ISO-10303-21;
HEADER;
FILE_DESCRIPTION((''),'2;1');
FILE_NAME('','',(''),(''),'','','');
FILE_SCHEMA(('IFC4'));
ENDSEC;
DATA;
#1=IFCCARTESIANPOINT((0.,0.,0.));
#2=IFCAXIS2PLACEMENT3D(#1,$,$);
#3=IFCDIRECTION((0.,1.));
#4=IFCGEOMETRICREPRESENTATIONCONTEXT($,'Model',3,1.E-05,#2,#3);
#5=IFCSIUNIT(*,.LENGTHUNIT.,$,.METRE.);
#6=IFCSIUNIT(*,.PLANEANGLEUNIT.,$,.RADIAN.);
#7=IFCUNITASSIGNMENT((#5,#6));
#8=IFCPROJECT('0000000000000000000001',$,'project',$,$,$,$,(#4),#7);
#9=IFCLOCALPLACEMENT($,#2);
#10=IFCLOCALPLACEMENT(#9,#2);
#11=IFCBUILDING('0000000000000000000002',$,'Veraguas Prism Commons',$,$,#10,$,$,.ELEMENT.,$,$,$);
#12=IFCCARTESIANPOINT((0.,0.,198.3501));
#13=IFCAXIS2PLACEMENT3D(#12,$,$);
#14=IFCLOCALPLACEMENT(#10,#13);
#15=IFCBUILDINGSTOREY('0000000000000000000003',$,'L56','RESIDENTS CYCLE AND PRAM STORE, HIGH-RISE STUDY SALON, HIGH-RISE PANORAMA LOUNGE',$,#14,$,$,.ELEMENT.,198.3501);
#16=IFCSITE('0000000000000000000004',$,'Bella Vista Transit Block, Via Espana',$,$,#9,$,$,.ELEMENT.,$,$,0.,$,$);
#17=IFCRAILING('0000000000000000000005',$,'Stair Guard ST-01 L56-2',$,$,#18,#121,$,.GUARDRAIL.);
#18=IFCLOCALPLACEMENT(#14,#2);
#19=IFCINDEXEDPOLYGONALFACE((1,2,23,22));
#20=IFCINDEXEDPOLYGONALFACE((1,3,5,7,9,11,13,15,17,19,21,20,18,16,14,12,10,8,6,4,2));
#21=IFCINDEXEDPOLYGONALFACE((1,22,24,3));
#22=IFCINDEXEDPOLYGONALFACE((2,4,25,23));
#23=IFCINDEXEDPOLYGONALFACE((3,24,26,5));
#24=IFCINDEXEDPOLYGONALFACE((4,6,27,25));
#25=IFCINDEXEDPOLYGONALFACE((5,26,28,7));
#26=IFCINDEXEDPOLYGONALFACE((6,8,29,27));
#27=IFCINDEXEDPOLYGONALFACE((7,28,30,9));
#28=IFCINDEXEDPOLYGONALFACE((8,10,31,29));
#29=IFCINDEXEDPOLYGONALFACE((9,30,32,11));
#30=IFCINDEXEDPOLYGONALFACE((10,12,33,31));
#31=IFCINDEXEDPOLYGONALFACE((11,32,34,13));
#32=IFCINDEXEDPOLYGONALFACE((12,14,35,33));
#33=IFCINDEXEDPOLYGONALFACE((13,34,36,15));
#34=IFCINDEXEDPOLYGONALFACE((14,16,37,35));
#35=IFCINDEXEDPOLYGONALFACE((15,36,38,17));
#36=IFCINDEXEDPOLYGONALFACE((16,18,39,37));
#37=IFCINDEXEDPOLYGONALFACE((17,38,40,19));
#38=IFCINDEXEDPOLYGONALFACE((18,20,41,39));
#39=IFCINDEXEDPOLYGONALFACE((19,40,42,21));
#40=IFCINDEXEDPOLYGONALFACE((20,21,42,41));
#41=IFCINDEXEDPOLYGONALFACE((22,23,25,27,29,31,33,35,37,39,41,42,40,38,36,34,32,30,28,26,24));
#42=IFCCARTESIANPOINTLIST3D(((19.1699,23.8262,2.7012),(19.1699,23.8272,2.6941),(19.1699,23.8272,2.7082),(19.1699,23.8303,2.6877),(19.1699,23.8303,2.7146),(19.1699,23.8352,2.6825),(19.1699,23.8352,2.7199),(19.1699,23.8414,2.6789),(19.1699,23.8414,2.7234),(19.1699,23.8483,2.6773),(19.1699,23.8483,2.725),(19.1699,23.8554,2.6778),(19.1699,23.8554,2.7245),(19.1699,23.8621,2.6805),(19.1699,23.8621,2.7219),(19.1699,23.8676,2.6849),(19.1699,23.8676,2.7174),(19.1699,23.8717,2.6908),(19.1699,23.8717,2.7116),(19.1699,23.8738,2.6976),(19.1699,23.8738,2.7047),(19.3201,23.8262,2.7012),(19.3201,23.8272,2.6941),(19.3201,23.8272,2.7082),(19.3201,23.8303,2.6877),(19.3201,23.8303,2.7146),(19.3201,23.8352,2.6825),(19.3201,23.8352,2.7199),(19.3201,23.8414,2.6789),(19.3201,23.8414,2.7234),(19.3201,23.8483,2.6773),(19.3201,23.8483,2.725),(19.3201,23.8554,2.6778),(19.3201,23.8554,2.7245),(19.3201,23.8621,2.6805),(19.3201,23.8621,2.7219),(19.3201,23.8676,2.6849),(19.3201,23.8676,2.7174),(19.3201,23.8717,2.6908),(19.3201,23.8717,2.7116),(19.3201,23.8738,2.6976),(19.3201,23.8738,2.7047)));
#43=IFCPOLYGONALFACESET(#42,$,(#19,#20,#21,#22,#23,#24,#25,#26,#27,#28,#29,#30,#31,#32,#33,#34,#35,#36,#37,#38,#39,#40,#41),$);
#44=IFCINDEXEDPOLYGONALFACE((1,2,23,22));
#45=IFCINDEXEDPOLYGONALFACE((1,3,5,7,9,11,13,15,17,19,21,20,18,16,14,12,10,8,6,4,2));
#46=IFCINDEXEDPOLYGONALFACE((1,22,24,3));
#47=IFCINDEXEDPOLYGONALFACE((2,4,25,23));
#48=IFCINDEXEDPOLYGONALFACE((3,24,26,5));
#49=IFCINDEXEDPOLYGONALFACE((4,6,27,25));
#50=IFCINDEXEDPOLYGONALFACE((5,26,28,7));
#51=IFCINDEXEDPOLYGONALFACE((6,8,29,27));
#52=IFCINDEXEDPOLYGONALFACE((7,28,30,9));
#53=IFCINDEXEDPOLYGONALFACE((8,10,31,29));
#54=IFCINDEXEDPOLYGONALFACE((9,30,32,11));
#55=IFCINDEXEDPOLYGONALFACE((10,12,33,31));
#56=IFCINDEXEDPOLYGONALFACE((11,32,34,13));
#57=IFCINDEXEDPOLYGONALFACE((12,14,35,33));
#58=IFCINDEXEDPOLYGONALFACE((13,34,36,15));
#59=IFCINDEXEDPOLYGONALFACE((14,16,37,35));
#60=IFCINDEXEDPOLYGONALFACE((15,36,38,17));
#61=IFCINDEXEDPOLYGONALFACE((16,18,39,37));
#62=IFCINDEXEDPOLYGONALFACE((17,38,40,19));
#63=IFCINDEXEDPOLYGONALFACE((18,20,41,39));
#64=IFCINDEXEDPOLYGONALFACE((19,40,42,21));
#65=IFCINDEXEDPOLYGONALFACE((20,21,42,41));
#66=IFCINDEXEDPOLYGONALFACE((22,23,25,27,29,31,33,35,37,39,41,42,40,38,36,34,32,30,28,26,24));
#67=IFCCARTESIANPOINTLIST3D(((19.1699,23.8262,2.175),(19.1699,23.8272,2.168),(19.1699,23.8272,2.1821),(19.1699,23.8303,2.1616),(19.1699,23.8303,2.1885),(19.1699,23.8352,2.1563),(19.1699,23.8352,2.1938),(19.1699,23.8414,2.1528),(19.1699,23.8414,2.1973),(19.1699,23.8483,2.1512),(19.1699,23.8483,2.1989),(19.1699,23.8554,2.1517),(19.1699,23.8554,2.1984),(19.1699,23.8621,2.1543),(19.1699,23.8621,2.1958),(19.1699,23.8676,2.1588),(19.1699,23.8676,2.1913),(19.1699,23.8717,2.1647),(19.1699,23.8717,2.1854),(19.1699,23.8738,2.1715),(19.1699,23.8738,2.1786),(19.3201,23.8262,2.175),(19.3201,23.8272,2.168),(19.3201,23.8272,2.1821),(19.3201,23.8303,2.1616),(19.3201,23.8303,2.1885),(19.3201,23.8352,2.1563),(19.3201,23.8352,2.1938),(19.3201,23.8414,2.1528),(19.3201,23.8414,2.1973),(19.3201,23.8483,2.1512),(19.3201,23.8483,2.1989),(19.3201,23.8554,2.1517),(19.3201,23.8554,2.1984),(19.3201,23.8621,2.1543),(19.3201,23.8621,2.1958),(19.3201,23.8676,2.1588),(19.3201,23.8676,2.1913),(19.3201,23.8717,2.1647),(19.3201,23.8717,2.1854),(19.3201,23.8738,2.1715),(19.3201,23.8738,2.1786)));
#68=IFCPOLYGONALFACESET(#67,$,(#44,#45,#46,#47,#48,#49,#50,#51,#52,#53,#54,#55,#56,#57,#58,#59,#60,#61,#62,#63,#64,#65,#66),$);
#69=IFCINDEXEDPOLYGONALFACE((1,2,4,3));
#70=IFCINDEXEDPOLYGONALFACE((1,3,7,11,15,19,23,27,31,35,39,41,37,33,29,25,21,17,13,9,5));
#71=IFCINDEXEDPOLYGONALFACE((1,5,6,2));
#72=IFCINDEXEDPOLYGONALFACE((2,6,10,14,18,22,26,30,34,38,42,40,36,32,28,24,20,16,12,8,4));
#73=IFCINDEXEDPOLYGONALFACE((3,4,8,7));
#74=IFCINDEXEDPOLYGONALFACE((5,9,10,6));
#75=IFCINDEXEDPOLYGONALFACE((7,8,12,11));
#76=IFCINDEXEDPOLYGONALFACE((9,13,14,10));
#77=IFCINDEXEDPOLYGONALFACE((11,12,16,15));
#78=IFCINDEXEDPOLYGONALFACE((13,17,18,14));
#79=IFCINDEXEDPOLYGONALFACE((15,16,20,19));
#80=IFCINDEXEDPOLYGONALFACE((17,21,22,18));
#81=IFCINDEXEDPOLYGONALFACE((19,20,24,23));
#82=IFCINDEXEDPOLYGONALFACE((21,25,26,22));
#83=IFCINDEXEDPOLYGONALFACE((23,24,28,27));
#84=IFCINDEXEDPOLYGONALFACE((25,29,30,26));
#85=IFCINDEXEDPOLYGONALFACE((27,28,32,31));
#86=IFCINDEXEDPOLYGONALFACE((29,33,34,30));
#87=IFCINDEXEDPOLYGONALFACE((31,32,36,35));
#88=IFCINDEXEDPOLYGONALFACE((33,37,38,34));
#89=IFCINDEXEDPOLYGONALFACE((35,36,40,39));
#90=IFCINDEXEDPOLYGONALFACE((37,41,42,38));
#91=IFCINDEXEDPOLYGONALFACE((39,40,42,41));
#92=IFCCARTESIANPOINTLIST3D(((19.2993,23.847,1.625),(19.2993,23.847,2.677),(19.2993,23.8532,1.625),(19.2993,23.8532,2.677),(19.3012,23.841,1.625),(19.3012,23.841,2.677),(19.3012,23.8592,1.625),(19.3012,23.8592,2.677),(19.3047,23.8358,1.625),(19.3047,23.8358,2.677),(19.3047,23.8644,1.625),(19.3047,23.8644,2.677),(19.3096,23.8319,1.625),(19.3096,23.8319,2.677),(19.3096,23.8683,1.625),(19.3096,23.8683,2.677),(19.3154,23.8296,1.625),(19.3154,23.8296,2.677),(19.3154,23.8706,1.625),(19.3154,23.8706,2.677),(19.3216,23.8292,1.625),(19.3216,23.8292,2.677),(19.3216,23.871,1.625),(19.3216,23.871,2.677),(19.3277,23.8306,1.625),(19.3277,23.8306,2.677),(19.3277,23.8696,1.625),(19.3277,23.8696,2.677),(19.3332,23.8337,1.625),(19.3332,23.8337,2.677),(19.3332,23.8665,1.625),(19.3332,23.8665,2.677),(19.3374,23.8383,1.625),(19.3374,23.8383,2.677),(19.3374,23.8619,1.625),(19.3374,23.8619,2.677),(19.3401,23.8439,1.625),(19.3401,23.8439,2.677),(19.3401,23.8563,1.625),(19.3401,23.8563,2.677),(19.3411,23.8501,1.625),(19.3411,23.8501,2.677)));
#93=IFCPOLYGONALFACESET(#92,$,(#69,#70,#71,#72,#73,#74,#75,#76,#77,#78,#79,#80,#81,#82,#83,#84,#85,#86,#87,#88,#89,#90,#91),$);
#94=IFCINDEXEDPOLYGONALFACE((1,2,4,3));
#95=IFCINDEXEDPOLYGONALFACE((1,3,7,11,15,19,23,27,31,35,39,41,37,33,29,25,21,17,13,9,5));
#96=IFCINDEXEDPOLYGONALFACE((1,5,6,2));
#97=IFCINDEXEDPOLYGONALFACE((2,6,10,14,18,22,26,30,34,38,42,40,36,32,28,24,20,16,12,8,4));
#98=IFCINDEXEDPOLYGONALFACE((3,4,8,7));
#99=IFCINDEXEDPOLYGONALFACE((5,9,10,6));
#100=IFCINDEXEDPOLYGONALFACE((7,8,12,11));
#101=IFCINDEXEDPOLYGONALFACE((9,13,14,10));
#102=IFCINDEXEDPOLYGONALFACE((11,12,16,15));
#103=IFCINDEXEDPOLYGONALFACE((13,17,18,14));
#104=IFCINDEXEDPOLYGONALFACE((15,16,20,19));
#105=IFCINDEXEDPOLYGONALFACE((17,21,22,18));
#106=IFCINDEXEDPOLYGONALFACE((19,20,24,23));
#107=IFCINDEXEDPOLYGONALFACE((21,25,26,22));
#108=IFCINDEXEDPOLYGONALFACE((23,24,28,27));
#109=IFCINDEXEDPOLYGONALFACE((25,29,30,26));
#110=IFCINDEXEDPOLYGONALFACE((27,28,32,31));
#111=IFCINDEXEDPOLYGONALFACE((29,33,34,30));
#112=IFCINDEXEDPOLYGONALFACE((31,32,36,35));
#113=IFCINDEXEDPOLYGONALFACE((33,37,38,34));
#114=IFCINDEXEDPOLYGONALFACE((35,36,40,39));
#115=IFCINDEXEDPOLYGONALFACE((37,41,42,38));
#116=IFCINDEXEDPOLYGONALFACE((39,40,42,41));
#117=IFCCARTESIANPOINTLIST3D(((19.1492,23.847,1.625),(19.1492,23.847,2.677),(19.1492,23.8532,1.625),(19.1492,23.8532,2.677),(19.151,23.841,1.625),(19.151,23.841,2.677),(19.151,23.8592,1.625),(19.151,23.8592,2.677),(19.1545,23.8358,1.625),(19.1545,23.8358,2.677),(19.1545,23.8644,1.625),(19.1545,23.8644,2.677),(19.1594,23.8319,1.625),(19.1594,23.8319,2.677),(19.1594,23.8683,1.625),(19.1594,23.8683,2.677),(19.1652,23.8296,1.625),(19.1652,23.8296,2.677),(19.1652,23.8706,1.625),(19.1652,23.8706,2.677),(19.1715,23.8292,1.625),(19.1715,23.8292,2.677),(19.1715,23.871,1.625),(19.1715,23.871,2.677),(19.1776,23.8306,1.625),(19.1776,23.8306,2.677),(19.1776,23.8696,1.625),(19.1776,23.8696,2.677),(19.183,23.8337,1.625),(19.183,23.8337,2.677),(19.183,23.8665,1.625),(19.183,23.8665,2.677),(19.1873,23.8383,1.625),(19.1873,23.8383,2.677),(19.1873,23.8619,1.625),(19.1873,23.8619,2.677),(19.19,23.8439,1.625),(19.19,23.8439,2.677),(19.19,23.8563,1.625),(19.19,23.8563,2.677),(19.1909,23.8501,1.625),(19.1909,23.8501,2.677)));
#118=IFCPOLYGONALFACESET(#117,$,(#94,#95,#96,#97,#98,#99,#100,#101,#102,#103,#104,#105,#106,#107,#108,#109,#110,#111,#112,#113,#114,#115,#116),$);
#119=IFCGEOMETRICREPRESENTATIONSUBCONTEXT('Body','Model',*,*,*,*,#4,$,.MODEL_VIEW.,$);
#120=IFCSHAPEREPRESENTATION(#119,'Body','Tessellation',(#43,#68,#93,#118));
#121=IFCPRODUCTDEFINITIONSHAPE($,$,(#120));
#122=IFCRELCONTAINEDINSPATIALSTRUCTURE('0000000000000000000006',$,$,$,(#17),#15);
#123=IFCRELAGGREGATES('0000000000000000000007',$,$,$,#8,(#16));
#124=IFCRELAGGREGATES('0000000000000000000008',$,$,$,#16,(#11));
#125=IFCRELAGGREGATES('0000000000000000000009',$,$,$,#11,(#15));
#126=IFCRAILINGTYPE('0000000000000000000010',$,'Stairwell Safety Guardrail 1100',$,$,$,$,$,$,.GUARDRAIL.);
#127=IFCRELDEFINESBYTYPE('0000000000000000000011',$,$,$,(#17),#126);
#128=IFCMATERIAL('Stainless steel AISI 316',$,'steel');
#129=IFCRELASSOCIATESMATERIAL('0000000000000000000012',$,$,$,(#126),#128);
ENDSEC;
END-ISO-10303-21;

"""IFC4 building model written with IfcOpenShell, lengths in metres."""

from ifc_helpers import new_model, si_unit, direction, frame, origin, origin_2d, place, context, subcontext, project, spatial, circle, extrude, material, type_object, element, save


model = new_model("IFC4")

# Units and contexts
model_context = context("Model", 3, precision=1e-05, world=origin(), true_north=direction((0.0, 1.0)))
body_context = subcontext(model_context, "Body", "Model", "MODEL_VIEW")
ifc_project = project(units=[si_unit("LENGTHUNIT", "METRE"), si_unit("PLANEANGLEUNIT", "RADIAN")], contexts=[model_context])

# Site, building, storey
site_placement = place(None, origin())
site = spatial("IfcSite", under=ifc_project, at=site_placement, Name="Bella Vista Transit Block, Via Espana", CompositionType="ELEMENT", RefElevation=0.0)
building_placement = place(site_placement, origin())
building = spatial("IfcBuilding", under=site, at=building_placement, Name="Veraguas Prism Commons", CompositionType="ELEMENT")
storey_placement = place(building_placement, frame((0.0, 0.0, 198.3501)))
storey = spatial("IfcBuildingStorey", under=building, at=storey_placement, Name="L56", Description="RESIDENTS CYCLE AND PRAM STORE, HIGH-RISE STUDY SALON, HIGH-RISE PANORAMA LOUNGE", CompositionType="ELEMENT", Elevation=198.3501)

# Shared definitions
ifc_material_1 = material(Name="Stainless steel AISI 316", Category="steel")

# Railing
railing_type_1 = type_object("IfcRailingType", Name="Stairwell Safety Guardrail 1100", PredefinedType="GUARDRAIL", material=ifc_material_1)
railing_1_placement = place(storey_placement, frame((19.3201, 23.8501, 1.625)))
element("IfcRailing", 1, at=railing_1_placement, inside=storey, type_object=railing_type_1, Name="Stair Guard ST-01 L56-2", PredefinedType="GUARDRAIL", context=body_context, shape_type="SweptSolid", body=[
    extrude(circle(Radius=0.0239, at=origin_2d()), frame((0.0, 0.0, 1.0762), z_axis=(-1.0, 0.0, 0.0), x_axis=(0.0, -1.0, 0.0)), (0.0, 0.0, 1.0), 0.1501),
    extrude(circle(Radius=0.0239, at=origin_2d()), frame((0.0, 0.0, 0.55), z_axis=(-1.0, 0.0, 0.0), x_axis=(0.0, -1.0, 0.0)), (0.0, 0.0, 1.0), 0.1501),
    extrude(circle(Radius=0.021, at=origin_2d()), origin(), (0.0, 0.0, 1.0), 1.052),
    extrude(circle(Radius=0.021, at=origin_2d()), frame((-0.1501, 0.0, 0.0)), (0.0, 0.0, 1.0), 1.052),
])

save(model, "model.ifc")
